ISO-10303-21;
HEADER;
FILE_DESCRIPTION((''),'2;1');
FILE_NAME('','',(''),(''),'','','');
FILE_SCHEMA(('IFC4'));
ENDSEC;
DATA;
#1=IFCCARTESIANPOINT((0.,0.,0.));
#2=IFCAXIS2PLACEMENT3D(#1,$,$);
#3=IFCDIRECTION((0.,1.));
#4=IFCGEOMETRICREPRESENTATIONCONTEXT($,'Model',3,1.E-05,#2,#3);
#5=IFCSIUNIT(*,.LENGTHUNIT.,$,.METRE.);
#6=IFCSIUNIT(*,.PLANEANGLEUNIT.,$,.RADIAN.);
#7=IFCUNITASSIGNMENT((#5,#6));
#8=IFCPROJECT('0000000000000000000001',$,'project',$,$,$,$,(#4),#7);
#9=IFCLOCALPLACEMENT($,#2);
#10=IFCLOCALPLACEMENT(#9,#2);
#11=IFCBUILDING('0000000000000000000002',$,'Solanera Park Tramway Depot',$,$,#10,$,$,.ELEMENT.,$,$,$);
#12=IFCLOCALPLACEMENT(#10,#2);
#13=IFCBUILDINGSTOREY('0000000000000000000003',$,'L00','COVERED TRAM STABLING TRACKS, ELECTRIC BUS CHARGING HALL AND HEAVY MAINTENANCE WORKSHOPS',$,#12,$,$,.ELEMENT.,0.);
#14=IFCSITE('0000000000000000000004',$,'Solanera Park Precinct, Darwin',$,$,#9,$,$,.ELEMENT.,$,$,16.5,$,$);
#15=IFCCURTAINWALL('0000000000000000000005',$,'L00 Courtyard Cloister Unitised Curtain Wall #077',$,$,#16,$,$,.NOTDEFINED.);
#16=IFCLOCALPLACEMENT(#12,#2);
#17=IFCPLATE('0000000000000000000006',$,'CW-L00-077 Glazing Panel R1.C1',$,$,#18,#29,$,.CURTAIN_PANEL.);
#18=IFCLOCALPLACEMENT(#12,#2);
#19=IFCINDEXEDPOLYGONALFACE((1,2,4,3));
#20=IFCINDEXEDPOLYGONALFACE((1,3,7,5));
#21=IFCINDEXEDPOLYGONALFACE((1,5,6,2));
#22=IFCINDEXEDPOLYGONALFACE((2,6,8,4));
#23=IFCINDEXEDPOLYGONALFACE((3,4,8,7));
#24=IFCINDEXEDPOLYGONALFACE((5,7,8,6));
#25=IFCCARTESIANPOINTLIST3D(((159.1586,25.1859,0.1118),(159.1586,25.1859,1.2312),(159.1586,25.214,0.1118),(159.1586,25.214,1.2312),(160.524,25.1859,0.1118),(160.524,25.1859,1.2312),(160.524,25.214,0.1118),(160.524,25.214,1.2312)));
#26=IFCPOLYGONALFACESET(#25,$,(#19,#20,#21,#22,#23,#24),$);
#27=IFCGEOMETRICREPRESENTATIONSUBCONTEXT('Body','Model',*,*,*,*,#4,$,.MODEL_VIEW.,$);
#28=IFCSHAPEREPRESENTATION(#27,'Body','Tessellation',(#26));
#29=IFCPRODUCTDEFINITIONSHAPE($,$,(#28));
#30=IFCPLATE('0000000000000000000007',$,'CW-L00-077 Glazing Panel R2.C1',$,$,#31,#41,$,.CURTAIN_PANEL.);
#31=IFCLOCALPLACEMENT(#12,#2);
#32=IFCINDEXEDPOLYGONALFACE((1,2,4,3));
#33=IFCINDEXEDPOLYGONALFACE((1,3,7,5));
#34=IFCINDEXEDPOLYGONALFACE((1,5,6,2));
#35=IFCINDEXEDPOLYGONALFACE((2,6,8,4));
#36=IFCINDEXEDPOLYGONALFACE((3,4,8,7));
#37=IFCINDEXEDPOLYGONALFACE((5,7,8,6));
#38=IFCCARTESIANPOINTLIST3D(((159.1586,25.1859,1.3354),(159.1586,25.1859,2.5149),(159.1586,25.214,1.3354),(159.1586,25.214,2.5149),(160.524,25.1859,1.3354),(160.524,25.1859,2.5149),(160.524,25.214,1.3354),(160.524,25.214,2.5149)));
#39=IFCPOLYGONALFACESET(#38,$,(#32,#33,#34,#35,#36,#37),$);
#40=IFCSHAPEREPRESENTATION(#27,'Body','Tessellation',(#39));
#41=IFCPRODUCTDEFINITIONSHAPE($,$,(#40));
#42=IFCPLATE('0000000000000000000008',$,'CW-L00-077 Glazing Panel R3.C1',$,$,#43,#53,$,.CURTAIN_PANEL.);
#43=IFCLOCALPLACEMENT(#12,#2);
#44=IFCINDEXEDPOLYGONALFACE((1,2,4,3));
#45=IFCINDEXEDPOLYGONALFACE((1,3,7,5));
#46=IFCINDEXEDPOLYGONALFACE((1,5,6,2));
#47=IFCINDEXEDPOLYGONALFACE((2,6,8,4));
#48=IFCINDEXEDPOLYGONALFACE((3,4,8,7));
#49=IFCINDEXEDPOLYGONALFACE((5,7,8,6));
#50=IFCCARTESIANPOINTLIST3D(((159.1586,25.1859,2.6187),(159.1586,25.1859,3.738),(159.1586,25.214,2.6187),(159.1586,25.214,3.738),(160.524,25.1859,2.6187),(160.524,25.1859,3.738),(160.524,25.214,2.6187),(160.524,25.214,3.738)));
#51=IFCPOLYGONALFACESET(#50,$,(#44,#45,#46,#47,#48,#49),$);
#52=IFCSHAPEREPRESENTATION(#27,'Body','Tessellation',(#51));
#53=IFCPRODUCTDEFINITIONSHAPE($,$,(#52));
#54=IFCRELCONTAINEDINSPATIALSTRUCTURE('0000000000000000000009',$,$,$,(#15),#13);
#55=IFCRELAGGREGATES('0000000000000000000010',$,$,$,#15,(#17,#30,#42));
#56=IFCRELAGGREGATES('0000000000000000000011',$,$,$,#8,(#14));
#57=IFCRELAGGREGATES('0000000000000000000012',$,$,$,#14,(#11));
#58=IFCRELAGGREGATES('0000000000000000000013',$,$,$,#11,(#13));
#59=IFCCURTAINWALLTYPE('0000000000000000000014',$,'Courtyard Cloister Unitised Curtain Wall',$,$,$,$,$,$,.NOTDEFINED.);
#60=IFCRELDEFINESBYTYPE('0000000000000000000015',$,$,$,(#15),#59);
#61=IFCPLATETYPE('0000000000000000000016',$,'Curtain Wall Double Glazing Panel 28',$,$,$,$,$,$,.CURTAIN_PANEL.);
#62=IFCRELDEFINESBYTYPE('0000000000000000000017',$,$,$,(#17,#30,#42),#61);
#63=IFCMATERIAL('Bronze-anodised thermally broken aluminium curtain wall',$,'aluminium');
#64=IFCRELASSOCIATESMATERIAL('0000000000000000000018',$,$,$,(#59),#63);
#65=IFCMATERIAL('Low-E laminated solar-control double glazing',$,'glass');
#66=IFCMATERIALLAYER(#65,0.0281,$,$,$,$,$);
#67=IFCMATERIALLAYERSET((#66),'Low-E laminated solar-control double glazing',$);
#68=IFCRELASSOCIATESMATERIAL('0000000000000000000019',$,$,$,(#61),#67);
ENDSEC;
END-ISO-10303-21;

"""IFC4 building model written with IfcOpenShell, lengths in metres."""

from ifc_helpers import new_model, si_unit, direction, frame, origin, origin_2d, place, context, subcontext, project, spatial, rectangle, extrude, material, layer, layer_set, type_object, element, aggregate, save


model = new_model("IFC4")

# Units and contexts
model_context = context("Model", 3, precision=1e-05, world=origin(), true_north=direction((0.0, 1.0)))
body_context = subcontext(model_context, "Body", "Model", "MODEL_VIEW")
ifc_project = project(units=[si_unit("LENGTHUNIT", "METRE"), si_unit("PLANEANGLEUNIT", "RADIAN")], contexts=[model_context])

# Site, building, storey
site_placement = place(None, origin())
site = spatial("IfcSite", under=ifc_project, at=site_placement, Name="Solanera Park Precinct, Darwin", CompositionType="ELEMENT", RefElevation=16.5)
building_placement = place(site_placement, origin())
building = spatial("IfcBuilding", under=site, at=building_placement, Name="Solanera Park Tramway Depot", CompositionType="ELEMENT")
storey_placement = place(building_placement, origin())
storey = spatial("IfcBuildingStorey", under=building, at=storey_placement, Name="L00", Description="COVERED TRAM STABLING TRACKS, ELECTRIC BUS CHARGING HALL AND HEAVY MAINTENANCE WORKSHOPS", CompositionType="ELEMENT", Elevation=0.0)

# Curtain wall
ifc_material_1 = material(Name="Bronze-anodised thermally broken aluminium curtain wall", Category="aluminium")
curtain_wall_type = type_object("IfcCurtainWallType", Name="Courtyard Cloister Unitised Curtain Wall", PredefinedType="NOTDEFINED", material=ifc_material_1)
curtain_wall_1_placement = place(storey_placement, origin())
curtain_wall_1 = element("IfcCurtainWall", 1, at=curtain_wall_1_placement, inside=storey, type_object=curtain_wall_type, Name="L00 Courtyard Cloister Unitised Curtain Wall #077", PredefinedType="NOTDEFINED")

# Plates
ifc_material_2 = material(Name="Low-E laminated solar-control double glazing", Category="glass")
ifc_layer = layer(ifc_material_2, 0.0281)
ifc_layer_set = layer_set([ifc_layer], Name="Low-E laminated solar-control double glazing")
plate_type = type_object("IfcPlateType", Name="Curtain Wall Double Glazing Panel 28", PredefinedType="CURTAIN_PANEL", material=ifc_layer_set)
plate_1_placement = place(storey_placement, frame((159.8413, 25.2, 0.1118), z_axis=(0.0, 0.0, 1.0), x_axis=(1.0, 0.0, 0.0)))
plate_1 = element("IfcPlate", 2, at=plate_1_placement, type_object=plate_type, Name="CW-L00-077 Glazing Panel R1.C1", PredefinedType="CURTAIN_PANEL", context=body_context, shape_type="SweptSolid", body=[
    extrude(rectangle(XDim=1.3655, YDim=0.0281, at=origin_2d()), origin(), (0.0, 0.0, 1.0), 1.1194),
])
plate_2_placement = place(storey_placement, frame((159.8413, 25.2, 1.3354), z_axis=(0.0, 0.0, 1.0), x_axis=(1.0, 0.0, 0.0)))
plate_2 = element("IfcPlate", 3, at=plate_2_placement, type_object=plate_type, Name="CW-L00-077 Glazing Panel R2.C1", PredefinedType="CURTAIN_PANEL", context=body_context, shape_type="SweptSolid", body=[
    extrude(rectangle(XDim=1.3655, YDim=0.0281, at=origin_2d()), origin(), (0.0, 0.0, 1.0), 1.1794),
])
plate_3_placement = place(storey_placement, frame((159.8413, 25.2, 2.6187), z_axis=(0.0, 0.0, 1.0), x_axis=(1.0, 0.0, 0.0)))
plate_3 = element("IfcPlate", 4, at=plate_3_placement, type_object=plate_type, Name="CW-L00-077 Glazing Panel R3.C1", PredefinedType="CURTAIN_PANEL", context=body_context, shape_type="SweptSolid", body=[
    extrude(rectangle(XDim=1.3655, YDim=0.0281, at=origin_2d()), origin(), (0.0, 0.0, 1.0), 1.1194),
])
aggregate(curtain_wall_1, [plate_1, plate_2, plate_3])

save(model, "model.ifc")
